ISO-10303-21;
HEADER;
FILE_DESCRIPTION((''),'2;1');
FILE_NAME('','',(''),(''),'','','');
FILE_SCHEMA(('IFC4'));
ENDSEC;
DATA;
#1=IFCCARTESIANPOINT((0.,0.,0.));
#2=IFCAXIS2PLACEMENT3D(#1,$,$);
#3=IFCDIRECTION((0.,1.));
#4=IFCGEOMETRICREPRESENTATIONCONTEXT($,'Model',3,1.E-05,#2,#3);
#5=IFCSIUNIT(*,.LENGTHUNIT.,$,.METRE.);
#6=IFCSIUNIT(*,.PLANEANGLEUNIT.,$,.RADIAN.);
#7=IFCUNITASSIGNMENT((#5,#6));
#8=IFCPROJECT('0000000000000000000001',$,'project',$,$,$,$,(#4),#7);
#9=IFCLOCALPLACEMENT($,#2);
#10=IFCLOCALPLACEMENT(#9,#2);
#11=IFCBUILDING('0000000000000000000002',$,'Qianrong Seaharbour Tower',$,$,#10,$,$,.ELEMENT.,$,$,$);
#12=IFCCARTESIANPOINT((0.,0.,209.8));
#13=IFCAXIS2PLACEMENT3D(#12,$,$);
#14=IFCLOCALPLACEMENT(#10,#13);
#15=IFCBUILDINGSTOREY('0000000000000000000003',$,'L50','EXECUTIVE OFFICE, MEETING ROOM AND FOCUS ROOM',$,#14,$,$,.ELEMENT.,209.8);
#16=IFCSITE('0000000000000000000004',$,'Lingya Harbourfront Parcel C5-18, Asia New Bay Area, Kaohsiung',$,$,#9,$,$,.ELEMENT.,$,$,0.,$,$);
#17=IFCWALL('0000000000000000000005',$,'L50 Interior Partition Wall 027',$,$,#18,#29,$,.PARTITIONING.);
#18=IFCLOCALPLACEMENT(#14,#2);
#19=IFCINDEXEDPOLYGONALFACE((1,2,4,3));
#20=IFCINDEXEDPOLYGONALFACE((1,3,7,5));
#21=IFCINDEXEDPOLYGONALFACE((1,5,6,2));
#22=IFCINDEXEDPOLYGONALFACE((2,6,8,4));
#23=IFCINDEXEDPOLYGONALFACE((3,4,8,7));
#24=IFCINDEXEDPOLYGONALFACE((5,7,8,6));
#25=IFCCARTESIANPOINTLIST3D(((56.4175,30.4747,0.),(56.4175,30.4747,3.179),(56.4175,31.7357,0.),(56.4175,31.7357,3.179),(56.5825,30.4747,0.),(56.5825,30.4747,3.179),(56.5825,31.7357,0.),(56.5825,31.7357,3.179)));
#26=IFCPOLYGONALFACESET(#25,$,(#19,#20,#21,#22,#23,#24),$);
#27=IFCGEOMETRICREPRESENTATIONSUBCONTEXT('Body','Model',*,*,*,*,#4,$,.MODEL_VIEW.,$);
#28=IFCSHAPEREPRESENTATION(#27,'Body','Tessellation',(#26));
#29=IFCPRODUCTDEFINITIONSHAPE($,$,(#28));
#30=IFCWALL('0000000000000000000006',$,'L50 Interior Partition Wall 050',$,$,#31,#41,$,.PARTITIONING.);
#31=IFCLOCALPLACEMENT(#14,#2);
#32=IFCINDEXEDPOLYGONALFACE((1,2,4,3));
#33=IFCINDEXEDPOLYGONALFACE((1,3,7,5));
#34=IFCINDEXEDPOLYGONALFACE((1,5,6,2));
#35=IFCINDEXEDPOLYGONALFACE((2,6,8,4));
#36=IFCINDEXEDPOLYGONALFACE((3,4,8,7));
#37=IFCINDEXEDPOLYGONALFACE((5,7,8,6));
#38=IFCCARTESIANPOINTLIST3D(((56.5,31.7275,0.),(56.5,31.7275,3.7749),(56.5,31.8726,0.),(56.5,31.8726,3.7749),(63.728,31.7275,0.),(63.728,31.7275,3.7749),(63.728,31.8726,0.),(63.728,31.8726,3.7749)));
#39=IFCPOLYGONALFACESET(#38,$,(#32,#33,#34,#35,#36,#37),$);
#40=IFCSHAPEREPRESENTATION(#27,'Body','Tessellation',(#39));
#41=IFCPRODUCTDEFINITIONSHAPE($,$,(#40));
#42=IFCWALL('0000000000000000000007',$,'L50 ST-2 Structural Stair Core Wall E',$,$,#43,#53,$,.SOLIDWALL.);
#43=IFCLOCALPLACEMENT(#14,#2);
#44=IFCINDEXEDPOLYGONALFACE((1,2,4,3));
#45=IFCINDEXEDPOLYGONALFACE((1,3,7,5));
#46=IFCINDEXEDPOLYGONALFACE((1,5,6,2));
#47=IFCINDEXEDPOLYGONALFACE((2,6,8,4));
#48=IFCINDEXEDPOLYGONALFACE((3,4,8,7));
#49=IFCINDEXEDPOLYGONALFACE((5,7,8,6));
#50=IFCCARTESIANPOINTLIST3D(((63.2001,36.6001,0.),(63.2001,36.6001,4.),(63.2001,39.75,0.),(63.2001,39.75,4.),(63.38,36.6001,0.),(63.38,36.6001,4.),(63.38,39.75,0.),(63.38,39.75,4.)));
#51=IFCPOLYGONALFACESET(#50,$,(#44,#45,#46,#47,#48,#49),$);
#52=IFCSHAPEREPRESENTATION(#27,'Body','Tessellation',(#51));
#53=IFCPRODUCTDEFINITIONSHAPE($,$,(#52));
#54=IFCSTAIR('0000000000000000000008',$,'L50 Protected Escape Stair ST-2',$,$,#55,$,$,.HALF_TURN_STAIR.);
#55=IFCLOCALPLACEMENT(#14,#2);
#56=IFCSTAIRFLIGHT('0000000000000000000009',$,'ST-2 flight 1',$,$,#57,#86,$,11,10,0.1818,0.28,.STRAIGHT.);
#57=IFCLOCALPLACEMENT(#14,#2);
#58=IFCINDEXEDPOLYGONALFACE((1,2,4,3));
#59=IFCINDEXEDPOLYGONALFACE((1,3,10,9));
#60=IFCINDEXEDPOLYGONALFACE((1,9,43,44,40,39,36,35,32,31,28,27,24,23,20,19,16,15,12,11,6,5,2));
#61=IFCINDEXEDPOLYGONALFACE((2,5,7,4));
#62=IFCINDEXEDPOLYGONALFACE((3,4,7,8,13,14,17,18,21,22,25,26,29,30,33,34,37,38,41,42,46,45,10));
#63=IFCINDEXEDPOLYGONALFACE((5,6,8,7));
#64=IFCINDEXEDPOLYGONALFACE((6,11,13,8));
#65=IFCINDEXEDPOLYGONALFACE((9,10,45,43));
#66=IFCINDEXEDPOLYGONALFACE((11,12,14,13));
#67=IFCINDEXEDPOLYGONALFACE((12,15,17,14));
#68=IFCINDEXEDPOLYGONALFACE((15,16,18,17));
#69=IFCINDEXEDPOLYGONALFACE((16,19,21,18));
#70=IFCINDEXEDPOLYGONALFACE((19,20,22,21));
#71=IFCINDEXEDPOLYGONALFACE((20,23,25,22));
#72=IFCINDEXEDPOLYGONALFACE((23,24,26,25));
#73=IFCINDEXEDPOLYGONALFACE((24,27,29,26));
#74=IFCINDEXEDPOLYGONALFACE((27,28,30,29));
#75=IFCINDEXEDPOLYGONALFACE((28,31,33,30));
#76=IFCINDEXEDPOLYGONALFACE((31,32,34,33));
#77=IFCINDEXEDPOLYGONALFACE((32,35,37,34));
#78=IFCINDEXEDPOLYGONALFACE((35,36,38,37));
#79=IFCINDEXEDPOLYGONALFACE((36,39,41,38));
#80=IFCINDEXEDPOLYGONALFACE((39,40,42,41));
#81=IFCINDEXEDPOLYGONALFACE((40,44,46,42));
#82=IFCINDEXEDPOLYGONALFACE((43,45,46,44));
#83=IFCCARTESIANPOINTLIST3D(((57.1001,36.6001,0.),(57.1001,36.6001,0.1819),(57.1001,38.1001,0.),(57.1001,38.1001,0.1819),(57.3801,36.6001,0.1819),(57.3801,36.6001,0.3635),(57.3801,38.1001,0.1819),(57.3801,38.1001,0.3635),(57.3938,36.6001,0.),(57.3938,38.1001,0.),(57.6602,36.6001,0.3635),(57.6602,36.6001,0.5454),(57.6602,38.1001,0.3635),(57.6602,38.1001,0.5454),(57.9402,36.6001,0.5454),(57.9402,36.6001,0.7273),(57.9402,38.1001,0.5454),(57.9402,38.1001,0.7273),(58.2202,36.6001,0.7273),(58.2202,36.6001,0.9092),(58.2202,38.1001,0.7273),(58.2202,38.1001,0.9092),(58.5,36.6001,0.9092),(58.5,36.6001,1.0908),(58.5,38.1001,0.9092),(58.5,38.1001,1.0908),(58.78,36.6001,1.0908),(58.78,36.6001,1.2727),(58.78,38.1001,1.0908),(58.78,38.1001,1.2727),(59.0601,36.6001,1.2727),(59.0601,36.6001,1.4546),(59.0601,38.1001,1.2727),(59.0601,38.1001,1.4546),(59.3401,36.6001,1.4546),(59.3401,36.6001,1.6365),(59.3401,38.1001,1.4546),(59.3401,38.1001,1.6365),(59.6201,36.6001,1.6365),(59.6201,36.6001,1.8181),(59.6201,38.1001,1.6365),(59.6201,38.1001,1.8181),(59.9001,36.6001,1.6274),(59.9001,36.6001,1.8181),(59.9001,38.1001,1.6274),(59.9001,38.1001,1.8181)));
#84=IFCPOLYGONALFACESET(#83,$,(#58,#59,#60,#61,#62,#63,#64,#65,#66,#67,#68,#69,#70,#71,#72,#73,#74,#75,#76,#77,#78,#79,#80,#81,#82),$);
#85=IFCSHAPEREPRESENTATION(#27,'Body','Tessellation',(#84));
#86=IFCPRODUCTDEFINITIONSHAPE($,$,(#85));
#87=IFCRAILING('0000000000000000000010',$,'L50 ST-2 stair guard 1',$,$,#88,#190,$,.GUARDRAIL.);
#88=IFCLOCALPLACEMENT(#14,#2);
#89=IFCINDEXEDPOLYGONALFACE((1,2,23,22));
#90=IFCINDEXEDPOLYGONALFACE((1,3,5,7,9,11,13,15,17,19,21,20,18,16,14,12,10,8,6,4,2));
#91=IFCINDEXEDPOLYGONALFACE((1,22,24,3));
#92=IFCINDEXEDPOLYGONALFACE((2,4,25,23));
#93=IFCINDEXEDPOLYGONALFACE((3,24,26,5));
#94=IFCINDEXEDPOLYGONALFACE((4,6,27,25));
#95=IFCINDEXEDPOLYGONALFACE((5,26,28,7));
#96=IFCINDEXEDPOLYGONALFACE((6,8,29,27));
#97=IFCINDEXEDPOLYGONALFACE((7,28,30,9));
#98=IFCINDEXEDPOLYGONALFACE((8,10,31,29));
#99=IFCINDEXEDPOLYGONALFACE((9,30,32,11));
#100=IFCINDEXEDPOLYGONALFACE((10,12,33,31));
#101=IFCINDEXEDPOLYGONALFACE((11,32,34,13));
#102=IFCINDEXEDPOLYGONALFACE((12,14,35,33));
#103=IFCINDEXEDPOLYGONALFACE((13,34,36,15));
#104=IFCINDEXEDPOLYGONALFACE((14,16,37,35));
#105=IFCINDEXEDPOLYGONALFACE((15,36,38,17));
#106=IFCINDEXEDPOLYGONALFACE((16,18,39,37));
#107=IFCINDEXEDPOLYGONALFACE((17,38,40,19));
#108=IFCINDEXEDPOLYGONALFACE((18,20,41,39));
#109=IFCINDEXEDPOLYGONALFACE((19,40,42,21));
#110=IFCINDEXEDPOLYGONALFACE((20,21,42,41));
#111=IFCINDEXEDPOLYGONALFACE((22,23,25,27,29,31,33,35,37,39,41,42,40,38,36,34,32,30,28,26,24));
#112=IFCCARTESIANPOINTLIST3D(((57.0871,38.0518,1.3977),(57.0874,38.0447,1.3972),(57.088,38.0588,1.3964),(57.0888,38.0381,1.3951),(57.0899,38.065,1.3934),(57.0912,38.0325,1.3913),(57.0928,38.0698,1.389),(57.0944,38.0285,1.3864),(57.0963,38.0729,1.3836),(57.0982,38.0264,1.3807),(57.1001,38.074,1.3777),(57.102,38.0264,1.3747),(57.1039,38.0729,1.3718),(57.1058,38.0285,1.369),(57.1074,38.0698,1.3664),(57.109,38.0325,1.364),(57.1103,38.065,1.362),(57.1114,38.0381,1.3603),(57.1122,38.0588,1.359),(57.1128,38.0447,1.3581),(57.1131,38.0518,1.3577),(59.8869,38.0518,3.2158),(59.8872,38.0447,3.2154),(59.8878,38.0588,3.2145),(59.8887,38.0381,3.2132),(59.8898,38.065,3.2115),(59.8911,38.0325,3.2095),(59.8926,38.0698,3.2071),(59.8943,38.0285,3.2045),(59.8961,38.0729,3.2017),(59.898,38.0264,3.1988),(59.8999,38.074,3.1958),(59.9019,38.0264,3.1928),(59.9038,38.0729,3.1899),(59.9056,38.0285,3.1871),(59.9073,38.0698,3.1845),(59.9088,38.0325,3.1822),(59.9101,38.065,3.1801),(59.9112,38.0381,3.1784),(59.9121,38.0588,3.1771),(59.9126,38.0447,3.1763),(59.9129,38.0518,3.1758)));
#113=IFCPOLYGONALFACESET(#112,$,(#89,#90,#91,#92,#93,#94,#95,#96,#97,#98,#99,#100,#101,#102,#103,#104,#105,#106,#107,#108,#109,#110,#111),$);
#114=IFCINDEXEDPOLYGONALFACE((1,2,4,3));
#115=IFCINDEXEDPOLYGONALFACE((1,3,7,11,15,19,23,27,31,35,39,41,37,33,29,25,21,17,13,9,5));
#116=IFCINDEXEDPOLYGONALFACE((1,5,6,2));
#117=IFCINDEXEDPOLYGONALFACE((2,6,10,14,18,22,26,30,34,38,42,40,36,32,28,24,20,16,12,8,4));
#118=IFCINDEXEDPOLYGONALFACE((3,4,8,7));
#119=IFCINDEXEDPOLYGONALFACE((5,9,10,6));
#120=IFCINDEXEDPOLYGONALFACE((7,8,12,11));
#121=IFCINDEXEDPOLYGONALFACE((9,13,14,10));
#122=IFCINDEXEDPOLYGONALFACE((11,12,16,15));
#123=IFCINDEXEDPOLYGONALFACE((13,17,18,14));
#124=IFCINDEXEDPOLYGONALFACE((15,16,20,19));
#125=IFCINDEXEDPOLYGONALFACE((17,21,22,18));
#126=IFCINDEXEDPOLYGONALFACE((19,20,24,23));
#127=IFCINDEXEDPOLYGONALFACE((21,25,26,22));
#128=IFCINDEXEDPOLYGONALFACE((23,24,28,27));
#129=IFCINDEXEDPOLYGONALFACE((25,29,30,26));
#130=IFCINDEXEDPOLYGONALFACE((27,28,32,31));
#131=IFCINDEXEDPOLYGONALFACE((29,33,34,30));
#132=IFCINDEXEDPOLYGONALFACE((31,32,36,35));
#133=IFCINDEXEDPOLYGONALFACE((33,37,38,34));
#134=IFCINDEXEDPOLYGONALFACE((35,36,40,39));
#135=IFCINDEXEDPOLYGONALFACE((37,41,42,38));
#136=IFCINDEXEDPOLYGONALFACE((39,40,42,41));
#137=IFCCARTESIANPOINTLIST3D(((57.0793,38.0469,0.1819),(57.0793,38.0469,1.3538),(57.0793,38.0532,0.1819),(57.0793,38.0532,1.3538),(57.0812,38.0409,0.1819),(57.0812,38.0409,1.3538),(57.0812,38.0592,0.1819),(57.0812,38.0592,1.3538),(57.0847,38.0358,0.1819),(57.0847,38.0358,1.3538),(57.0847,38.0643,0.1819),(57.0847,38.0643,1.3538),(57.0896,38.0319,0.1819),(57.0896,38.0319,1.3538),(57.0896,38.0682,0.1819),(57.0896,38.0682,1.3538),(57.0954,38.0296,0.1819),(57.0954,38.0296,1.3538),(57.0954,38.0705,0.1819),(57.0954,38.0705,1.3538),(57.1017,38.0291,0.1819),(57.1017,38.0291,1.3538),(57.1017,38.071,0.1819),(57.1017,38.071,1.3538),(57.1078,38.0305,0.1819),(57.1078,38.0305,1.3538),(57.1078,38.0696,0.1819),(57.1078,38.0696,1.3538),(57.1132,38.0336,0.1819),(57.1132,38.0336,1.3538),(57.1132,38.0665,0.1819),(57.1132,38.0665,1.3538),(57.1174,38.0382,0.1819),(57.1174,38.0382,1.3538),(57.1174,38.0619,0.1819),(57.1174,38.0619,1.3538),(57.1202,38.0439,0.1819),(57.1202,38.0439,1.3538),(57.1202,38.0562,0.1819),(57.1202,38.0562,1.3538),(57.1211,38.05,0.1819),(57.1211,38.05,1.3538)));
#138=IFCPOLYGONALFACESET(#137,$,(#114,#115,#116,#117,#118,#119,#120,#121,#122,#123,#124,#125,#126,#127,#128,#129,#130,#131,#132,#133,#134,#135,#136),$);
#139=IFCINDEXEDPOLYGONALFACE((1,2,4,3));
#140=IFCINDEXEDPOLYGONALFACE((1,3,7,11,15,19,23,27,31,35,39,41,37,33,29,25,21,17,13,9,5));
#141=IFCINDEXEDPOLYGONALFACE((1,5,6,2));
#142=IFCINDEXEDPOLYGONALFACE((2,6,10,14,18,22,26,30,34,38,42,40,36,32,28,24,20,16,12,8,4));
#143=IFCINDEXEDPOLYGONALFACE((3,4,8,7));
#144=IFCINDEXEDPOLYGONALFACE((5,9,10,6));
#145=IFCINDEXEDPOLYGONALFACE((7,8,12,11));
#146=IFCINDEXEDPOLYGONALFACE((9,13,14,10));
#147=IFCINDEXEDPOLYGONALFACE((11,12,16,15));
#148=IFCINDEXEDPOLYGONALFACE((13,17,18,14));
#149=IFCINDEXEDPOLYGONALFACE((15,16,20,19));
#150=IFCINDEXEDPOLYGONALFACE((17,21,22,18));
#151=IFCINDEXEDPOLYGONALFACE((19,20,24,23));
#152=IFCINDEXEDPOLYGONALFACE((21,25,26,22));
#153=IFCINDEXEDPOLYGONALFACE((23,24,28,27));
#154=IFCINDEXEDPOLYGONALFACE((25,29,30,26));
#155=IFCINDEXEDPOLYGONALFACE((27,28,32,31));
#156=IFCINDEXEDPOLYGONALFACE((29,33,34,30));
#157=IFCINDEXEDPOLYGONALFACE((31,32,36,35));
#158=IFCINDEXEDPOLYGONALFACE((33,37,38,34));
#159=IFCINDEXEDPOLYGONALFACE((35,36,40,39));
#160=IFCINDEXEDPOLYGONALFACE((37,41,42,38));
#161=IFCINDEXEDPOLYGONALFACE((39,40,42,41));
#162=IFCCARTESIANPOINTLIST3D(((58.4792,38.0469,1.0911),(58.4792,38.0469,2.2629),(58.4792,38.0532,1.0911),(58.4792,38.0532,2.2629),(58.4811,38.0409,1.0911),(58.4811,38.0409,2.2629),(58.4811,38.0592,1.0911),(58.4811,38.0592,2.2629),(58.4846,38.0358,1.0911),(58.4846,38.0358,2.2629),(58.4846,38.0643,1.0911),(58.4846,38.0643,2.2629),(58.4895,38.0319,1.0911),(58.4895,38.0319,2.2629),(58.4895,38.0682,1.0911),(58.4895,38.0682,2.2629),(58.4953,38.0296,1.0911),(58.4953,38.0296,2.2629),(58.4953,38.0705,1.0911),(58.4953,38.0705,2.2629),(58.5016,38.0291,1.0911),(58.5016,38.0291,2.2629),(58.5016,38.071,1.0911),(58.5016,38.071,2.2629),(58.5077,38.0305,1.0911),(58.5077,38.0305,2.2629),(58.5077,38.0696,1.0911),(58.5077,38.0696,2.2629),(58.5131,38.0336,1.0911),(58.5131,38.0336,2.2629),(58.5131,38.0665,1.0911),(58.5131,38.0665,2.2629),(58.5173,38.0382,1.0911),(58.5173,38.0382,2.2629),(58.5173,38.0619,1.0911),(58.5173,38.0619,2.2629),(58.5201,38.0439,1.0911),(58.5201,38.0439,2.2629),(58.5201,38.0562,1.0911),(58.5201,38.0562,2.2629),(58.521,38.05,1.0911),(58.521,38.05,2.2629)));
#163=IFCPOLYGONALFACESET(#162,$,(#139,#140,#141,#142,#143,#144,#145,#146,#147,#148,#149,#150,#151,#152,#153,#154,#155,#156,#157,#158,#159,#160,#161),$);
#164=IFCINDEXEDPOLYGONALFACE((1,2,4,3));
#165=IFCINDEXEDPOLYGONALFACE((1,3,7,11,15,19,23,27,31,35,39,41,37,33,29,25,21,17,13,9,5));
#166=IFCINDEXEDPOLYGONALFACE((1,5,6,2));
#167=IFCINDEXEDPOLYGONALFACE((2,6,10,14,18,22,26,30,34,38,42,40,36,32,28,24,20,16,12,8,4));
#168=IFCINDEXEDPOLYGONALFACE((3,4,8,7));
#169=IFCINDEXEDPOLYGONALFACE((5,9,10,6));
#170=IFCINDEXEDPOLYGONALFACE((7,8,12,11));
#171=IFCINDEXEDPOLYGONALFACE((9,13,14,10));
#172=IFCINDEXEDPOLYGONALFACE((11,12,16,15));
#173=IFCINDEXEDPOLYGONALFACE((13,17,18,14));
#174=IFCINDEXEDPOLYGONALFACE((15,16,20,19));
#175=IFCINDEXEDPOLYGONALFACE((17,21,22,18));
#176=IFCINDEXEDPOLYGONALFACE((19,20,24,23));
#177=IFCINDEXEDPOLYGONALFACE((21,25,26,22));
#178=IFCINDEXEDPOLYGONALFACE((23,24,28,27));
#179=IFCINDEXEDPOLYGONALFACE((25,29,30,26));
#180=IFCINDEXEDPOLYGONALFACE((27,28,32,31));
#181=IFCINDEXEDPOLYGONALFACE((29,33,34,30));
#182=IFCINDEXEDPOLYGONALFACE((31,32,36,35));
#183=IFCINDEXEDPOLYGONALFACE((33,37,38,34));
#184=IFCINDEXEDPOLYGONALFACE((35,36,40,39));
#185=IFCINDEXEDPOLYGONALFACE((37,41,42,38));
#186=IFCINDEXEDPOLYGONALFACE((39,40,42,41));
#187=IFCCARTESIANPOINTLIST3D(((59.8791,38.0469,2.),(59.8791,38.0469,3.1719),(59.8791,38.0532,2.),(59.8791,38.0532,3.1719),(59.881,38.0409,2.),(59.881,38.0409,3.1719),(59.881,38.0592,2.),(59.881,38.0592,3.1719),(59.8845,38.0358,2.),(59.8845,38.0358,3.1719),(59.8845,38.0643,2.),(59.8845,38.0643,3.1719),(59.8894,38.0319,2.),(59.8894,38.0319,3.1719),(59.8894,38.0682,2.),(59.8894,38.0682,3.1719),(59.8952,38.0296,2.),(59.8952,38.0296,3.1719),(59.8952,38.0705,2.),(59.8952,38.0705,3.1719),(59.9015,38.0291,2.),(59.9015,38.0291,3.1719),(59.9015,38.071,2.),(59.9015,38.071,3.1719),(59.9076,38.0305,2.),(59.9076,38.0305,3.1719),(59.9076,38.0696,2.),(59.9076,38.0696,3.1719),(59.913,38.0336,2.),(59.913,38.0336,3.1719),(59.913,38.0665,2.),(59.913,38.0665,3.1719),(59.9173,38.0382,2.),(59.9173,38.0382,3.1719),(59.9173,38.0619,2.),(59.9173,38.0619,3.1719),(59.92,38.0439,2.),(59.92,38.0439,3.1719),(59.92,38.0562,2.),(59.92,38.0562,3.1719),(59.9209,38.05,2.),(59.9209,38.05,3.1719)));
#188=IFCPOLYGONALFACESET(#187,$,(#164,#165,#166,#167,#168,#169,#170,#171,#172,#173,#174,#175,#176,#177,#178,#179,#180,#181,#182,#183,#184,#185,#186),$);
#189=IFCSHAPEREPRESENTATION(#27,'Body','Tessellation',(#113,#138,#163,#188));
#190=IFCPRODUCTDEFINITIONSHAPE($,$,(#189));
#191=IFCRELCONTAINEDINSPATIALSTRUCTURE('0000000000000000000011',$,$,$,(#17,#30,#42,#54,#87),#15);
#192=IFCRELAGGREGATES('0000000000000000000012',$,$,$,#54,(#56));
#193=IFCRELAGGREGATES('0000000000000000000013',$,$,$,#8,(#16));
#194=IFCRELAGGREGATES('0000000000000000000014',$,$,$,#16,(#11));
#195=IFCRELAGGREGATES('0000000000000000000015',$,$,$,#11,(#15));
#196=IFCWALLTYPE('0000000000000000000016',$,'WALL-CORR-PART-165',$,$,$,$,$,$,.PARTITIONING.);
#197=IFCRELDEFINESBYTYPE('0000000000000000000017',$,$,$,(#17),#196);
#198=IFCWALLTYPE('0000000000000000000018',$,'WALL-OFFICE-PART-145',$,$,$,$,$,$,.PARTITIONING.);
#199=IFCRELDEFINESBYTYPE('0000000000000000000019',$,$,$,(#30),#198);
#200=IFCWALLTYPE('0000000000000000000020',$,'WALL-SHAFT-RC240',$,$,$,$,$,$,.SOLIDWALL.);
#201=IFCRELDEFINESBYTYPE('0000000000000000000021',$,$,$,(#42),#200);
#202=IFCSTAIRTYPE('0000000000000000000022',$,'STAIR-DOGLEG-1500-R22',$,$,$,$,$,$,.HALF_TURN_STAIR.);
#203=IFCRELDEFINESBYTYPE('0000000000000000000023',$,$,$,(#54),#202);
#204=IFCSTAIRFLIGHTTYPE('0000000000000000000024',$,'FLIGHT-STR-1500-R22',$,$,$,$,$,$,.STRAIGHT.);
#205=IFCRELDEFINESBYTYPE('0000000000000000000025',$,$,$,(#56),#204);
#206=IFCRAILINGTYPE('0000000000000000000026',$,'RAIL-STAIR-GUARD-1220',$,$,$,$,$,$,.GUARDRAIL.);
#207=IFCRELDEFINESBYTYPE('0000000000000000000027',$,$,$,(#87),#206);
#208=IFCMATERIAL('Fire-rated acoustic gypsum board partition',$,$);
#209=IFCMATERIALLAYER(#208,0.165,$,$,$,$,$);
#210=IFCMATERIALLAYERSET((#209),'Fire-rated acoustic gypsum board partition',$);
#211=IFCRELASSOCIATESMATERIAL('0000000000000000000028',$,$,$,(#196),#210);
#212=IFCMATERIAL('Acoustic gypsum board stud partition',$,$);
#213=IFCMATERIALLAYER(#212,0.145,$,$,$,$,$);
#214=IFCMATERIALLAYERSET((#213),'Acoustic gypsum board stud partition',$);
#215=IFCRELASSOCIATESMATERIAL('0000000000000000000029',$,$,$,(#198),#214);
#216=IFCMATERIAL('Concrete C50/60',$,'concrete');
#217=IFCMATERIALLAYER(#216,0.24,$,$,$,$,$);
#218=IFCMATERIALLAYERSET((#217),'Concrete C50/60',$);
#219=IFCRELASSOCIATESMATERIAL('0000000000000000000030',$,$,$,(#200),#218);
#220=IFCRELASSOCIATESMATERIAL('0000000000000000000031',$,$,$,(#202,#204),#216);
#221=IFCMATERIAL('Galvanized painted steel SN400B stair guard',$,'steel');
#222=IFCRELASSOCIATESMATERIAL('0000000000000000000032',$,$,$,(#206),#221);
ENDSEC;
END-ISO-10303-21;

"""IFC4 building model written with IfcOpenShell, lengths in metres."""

from ifc_helpers import new_model, si_unit, direction, frame, frame_2d, origin, origin_2d, place, context, subcontext, project, spatial, polyline, rectangle, circle, outline, extrude, material, layer, layer_set, type_object, element, aggregate, save


model = new_model("IFC4")

# Units and contexts
model_context = context("Model", 3, precision=1e-05, world=origin(), true_north=direction((0.0, 1.0)))
body_context = subcontext(model_context, "Body", "Model", "MODEL_VIEW")
ifc_project = project(units=[si_unit("LENGTHUNIT", "METRE"), si_unit("PLANEANGLEUNIT", "RADIAN")], contexts=[model_context])

# Site, building, storey
site_placement = place(None, origin())
site = spatial("IfcSite", under=ifc_project, at=site_placement, Name="Lingya Harbourfront Parcel C5-18, Asia New Bay Area, Kaohsiung", CompositionType="ELEMENT", RefElevation=0.0)
building_placement = place(site_placement, origin())
building = spatial("IfcBuilding", under=site, at=building_placement, Name="Qianrong Seaharbour Tower", CompositionType="ELEMENT")
storey_placement = place(building_placement, frame((0.0, 0.0, 209.8)))
storey = spatial("IfcBuildingStorey", under=building, at=storey_placement, Name="L50", Description="EXECUTIVE OFFICE, MEETING ROOM AND FOCUS ROOM", CompositionType="ELEMENT", Elevation=209.8)

# Shared definitions
ifc_material_1 = material(Name="Fire-rated acoustic gypsum board partition")
ifc_layer_1 = layer(ifc_material_1, 0.165)
ifc_layer_set_1 = layer_set([ifc_layer_1], Name="Fire-rated acoustic gypsum board partition")
wall_type_1 = type_object("IfcWallType", Name="WALL-CORR-PART-165", PredefinedType="PARTITIONING", material=ifc_layer_set_1)

# Wall
wall_1_placement = place(storey_placement, frame((56.5, 31.7356, 0.0), z_axis=(0.0, 0.0, 1.0), x_axis=(0.0, -1.0, 0.0)))
element("IfcWall", 1, at=wall_1_placement, inside=storey, type_object=wall_type_1, Name="L50 Interior Partition Wall 027", PredefinedType="PARTITIONING", context=body_context, shape_type="SweptSolid", body=[
    extrude(rectangle(XDim=1.261, YDim=0.165, at=frame_2d((0.6304, 0.0))), origin(), (0.0, 0.0, 1.0), 3.179),
])

# Walls
ifc_material_2 = material(Name="Acoustic gypsum board stud partition")
ifc_layer_2 = layer(ifc_material_2, 0.145)
ifc_layer_set_2 = layer_set([ifc_layer_2], Name="Acoustic gypsum board stud partition")
wall_type_2 = type_object("IfcWallType", Name="WALL-OFFICE-PART-145", PredefinedType="PARTITIONING", material=ifc_layer_set_2)
wall_2_placement = place(storey_placement, frame((56.5, 31.8, 0.0), z_axis=(0.0, 0.0, 1.0), x_axis=(1.0, 0.0, 0.0)))
element("IfcWall", 2, at=wall_2_placement, inside=storey, type_object=wall_type_2, Name="L50 Interior Partition Wall 050", PredefinedType="PARTITIONING", context=body_context, shape_type="SweptSolid", body=[
    extrude(rectangle(XDim=7.228, YDim=0.145, at=frame_2d((3.614, 0.0))), origin(), (0.0, 0.0, 1.0), 3.7749),
])
ifc_material_3 = material(Name="Concrete C50/60", Category="concrete")
ifc_layer_3 = layer(ifc_material_3, 0.24)
ifc_layer_set_3 = layer_set([ifc_layer_3], Name="Concrete C50/60")
wall_type_3 = type_object("IfcWallType", Name="WALL-SHAFT-RC240", PredefinedType="SOLIDWALL", material=ifc_layer_set_3)
wall_3_placement = place(storey_placement, frame((63.29, 36.6001, 0.0), z_axis=(0.0, 0.0, 1.0), x_axis=(0.0, 1.0, 0.0)))
element("IfcWall", 3, at=wall_3_placement, inside=storey, type_object=wall_type_3, Name="L50 ST-2 Structural Stair Core Wall E", PredefinedType="SOLIDWALL", context=body_context, shape_type="SweptSolid", body=[
    extrude(rectangle(XDim=3.1499, YDim=0.1799, at=frame_2d((1.575, 0.0))), origin(), (0.0, 0.0, 1.0), 4.0),
])

# Stair, stair flight
stair_type = type_object("IfcStairType", Name="STAIR-DOGLEG-1500-R22", PredefinedType="HALF_TURN_STAIR", material=ifc_material_3)
stair_placement = place(storey_placement, origin())
stair = element("IfcStair", 4, at=stair_placement, inside=storey, type_object=stair_type, Name="L50 Protected Escape Stair ST-2", PredefinedType="HALF_TURN_STAIR")
stair_flight_type = type_object("IfcStairFlightType", Name="FLIGHT-STR-1500-R22", PredefinedType="STRAIGHT", material=ifc_material_3)
stair_flight_placement = place(storey_placement, frame((57.1001, 37.3501, 0.0), z_axis=(0.0, 0.0, 1.0), x_axis=(1.0, 0.0, 0.0)))
stair_flight = element("IfcStairFlight", 5, at=stair_flight_placement, type_object=stair_flight_type, Name="ST-2 flight 1", NumberOfRisers=11, NumberOfTreads=10, PredefinedType="STRAIGHT", RiserHeight=0.1818, TreadLength=0.28, context=body_context, shape_type="SweptSolid", body=[
    extrude(outline(polyline([(0.0, 0.0), (0.0, 0.1819), (0.28, 0.1819), (0.28, 0.3635), (0.5601, 0.3635), (0.5601, 0.5454), (0.8401, 0.5454), (0.8401, 0.7273), (1.1201, 0.7273), (1.1201, 0.9092), (1.3999, 0.9092), (1.3999, 1.0908), (1.6799, 1.0908), (1.6799, 1.2727), (1.96, 1.2727), (1.96, 1.4546), (2.24, 1.4546), (2.24, 1.6365), (2.52, 1.6365), (2.52, 1.8181), (2.8, 1.8181), (2.8, 2.0), (2.8, 1.6274), (0.2937, 0.0), (0.0, 0.0)])), frame((0.0, 0.75, 0.0), z_axis=(0.0, -1.0, 0.0), x_axis=(1.0, 0.0, 0.0)), (0.0, 0.0, 1.0), 1.5),
])
aggregate(stair, [stair_flight])

# Railing
ifc_material_4 = material(Name="Galvanized painted steel SN400B stair guard", Category="steel")
railing_type_1 = type_object("IfcRailingType", Name="RAIL-STAIR-GUARD-1220", PredefinedType="GUARDRAIL", material=ifc_material_4)
railing_1_placement = place(storey_placement, frame((57.1001, 38.05, 0.1819)))
element("IfcRailing", 6, at=railing_1_placement, inside=storey, type_object=railing_type_1, Name="L50 ST-2 stair guard 1", PredefinedType="GUARDRAIL", context=body_context, shape_type="SweptSolid", body=[
    extrude(circle(Radius=0.0239, at=origin_2d()), frame((0.0, 0.0, 1.1958), z_axis=(0.838684, 0.0, 0.544618), x_axis=(0.0, 1.0, 0.0)), (0.0, 0.0, 1.0), 3.3384),
    extrude(circle(Radius=0.021, at=origin_2d()), origin(), (0.0, 0.0, 1.0), 1.1719),
    extrude(circle(Radius=0.021, at=origin_2d()), frame((1.3999, 0.0, 0.9092)), (0.0, 0.0, 1.0), 1.1719),
    extrude(circle(Radius=0.021, at=origin_2d()), frame((2.7998, 0.0, 1.8181)), (0.0, 0.0, 1.0), 1.1719),
])

save(model, "model.ifc")
